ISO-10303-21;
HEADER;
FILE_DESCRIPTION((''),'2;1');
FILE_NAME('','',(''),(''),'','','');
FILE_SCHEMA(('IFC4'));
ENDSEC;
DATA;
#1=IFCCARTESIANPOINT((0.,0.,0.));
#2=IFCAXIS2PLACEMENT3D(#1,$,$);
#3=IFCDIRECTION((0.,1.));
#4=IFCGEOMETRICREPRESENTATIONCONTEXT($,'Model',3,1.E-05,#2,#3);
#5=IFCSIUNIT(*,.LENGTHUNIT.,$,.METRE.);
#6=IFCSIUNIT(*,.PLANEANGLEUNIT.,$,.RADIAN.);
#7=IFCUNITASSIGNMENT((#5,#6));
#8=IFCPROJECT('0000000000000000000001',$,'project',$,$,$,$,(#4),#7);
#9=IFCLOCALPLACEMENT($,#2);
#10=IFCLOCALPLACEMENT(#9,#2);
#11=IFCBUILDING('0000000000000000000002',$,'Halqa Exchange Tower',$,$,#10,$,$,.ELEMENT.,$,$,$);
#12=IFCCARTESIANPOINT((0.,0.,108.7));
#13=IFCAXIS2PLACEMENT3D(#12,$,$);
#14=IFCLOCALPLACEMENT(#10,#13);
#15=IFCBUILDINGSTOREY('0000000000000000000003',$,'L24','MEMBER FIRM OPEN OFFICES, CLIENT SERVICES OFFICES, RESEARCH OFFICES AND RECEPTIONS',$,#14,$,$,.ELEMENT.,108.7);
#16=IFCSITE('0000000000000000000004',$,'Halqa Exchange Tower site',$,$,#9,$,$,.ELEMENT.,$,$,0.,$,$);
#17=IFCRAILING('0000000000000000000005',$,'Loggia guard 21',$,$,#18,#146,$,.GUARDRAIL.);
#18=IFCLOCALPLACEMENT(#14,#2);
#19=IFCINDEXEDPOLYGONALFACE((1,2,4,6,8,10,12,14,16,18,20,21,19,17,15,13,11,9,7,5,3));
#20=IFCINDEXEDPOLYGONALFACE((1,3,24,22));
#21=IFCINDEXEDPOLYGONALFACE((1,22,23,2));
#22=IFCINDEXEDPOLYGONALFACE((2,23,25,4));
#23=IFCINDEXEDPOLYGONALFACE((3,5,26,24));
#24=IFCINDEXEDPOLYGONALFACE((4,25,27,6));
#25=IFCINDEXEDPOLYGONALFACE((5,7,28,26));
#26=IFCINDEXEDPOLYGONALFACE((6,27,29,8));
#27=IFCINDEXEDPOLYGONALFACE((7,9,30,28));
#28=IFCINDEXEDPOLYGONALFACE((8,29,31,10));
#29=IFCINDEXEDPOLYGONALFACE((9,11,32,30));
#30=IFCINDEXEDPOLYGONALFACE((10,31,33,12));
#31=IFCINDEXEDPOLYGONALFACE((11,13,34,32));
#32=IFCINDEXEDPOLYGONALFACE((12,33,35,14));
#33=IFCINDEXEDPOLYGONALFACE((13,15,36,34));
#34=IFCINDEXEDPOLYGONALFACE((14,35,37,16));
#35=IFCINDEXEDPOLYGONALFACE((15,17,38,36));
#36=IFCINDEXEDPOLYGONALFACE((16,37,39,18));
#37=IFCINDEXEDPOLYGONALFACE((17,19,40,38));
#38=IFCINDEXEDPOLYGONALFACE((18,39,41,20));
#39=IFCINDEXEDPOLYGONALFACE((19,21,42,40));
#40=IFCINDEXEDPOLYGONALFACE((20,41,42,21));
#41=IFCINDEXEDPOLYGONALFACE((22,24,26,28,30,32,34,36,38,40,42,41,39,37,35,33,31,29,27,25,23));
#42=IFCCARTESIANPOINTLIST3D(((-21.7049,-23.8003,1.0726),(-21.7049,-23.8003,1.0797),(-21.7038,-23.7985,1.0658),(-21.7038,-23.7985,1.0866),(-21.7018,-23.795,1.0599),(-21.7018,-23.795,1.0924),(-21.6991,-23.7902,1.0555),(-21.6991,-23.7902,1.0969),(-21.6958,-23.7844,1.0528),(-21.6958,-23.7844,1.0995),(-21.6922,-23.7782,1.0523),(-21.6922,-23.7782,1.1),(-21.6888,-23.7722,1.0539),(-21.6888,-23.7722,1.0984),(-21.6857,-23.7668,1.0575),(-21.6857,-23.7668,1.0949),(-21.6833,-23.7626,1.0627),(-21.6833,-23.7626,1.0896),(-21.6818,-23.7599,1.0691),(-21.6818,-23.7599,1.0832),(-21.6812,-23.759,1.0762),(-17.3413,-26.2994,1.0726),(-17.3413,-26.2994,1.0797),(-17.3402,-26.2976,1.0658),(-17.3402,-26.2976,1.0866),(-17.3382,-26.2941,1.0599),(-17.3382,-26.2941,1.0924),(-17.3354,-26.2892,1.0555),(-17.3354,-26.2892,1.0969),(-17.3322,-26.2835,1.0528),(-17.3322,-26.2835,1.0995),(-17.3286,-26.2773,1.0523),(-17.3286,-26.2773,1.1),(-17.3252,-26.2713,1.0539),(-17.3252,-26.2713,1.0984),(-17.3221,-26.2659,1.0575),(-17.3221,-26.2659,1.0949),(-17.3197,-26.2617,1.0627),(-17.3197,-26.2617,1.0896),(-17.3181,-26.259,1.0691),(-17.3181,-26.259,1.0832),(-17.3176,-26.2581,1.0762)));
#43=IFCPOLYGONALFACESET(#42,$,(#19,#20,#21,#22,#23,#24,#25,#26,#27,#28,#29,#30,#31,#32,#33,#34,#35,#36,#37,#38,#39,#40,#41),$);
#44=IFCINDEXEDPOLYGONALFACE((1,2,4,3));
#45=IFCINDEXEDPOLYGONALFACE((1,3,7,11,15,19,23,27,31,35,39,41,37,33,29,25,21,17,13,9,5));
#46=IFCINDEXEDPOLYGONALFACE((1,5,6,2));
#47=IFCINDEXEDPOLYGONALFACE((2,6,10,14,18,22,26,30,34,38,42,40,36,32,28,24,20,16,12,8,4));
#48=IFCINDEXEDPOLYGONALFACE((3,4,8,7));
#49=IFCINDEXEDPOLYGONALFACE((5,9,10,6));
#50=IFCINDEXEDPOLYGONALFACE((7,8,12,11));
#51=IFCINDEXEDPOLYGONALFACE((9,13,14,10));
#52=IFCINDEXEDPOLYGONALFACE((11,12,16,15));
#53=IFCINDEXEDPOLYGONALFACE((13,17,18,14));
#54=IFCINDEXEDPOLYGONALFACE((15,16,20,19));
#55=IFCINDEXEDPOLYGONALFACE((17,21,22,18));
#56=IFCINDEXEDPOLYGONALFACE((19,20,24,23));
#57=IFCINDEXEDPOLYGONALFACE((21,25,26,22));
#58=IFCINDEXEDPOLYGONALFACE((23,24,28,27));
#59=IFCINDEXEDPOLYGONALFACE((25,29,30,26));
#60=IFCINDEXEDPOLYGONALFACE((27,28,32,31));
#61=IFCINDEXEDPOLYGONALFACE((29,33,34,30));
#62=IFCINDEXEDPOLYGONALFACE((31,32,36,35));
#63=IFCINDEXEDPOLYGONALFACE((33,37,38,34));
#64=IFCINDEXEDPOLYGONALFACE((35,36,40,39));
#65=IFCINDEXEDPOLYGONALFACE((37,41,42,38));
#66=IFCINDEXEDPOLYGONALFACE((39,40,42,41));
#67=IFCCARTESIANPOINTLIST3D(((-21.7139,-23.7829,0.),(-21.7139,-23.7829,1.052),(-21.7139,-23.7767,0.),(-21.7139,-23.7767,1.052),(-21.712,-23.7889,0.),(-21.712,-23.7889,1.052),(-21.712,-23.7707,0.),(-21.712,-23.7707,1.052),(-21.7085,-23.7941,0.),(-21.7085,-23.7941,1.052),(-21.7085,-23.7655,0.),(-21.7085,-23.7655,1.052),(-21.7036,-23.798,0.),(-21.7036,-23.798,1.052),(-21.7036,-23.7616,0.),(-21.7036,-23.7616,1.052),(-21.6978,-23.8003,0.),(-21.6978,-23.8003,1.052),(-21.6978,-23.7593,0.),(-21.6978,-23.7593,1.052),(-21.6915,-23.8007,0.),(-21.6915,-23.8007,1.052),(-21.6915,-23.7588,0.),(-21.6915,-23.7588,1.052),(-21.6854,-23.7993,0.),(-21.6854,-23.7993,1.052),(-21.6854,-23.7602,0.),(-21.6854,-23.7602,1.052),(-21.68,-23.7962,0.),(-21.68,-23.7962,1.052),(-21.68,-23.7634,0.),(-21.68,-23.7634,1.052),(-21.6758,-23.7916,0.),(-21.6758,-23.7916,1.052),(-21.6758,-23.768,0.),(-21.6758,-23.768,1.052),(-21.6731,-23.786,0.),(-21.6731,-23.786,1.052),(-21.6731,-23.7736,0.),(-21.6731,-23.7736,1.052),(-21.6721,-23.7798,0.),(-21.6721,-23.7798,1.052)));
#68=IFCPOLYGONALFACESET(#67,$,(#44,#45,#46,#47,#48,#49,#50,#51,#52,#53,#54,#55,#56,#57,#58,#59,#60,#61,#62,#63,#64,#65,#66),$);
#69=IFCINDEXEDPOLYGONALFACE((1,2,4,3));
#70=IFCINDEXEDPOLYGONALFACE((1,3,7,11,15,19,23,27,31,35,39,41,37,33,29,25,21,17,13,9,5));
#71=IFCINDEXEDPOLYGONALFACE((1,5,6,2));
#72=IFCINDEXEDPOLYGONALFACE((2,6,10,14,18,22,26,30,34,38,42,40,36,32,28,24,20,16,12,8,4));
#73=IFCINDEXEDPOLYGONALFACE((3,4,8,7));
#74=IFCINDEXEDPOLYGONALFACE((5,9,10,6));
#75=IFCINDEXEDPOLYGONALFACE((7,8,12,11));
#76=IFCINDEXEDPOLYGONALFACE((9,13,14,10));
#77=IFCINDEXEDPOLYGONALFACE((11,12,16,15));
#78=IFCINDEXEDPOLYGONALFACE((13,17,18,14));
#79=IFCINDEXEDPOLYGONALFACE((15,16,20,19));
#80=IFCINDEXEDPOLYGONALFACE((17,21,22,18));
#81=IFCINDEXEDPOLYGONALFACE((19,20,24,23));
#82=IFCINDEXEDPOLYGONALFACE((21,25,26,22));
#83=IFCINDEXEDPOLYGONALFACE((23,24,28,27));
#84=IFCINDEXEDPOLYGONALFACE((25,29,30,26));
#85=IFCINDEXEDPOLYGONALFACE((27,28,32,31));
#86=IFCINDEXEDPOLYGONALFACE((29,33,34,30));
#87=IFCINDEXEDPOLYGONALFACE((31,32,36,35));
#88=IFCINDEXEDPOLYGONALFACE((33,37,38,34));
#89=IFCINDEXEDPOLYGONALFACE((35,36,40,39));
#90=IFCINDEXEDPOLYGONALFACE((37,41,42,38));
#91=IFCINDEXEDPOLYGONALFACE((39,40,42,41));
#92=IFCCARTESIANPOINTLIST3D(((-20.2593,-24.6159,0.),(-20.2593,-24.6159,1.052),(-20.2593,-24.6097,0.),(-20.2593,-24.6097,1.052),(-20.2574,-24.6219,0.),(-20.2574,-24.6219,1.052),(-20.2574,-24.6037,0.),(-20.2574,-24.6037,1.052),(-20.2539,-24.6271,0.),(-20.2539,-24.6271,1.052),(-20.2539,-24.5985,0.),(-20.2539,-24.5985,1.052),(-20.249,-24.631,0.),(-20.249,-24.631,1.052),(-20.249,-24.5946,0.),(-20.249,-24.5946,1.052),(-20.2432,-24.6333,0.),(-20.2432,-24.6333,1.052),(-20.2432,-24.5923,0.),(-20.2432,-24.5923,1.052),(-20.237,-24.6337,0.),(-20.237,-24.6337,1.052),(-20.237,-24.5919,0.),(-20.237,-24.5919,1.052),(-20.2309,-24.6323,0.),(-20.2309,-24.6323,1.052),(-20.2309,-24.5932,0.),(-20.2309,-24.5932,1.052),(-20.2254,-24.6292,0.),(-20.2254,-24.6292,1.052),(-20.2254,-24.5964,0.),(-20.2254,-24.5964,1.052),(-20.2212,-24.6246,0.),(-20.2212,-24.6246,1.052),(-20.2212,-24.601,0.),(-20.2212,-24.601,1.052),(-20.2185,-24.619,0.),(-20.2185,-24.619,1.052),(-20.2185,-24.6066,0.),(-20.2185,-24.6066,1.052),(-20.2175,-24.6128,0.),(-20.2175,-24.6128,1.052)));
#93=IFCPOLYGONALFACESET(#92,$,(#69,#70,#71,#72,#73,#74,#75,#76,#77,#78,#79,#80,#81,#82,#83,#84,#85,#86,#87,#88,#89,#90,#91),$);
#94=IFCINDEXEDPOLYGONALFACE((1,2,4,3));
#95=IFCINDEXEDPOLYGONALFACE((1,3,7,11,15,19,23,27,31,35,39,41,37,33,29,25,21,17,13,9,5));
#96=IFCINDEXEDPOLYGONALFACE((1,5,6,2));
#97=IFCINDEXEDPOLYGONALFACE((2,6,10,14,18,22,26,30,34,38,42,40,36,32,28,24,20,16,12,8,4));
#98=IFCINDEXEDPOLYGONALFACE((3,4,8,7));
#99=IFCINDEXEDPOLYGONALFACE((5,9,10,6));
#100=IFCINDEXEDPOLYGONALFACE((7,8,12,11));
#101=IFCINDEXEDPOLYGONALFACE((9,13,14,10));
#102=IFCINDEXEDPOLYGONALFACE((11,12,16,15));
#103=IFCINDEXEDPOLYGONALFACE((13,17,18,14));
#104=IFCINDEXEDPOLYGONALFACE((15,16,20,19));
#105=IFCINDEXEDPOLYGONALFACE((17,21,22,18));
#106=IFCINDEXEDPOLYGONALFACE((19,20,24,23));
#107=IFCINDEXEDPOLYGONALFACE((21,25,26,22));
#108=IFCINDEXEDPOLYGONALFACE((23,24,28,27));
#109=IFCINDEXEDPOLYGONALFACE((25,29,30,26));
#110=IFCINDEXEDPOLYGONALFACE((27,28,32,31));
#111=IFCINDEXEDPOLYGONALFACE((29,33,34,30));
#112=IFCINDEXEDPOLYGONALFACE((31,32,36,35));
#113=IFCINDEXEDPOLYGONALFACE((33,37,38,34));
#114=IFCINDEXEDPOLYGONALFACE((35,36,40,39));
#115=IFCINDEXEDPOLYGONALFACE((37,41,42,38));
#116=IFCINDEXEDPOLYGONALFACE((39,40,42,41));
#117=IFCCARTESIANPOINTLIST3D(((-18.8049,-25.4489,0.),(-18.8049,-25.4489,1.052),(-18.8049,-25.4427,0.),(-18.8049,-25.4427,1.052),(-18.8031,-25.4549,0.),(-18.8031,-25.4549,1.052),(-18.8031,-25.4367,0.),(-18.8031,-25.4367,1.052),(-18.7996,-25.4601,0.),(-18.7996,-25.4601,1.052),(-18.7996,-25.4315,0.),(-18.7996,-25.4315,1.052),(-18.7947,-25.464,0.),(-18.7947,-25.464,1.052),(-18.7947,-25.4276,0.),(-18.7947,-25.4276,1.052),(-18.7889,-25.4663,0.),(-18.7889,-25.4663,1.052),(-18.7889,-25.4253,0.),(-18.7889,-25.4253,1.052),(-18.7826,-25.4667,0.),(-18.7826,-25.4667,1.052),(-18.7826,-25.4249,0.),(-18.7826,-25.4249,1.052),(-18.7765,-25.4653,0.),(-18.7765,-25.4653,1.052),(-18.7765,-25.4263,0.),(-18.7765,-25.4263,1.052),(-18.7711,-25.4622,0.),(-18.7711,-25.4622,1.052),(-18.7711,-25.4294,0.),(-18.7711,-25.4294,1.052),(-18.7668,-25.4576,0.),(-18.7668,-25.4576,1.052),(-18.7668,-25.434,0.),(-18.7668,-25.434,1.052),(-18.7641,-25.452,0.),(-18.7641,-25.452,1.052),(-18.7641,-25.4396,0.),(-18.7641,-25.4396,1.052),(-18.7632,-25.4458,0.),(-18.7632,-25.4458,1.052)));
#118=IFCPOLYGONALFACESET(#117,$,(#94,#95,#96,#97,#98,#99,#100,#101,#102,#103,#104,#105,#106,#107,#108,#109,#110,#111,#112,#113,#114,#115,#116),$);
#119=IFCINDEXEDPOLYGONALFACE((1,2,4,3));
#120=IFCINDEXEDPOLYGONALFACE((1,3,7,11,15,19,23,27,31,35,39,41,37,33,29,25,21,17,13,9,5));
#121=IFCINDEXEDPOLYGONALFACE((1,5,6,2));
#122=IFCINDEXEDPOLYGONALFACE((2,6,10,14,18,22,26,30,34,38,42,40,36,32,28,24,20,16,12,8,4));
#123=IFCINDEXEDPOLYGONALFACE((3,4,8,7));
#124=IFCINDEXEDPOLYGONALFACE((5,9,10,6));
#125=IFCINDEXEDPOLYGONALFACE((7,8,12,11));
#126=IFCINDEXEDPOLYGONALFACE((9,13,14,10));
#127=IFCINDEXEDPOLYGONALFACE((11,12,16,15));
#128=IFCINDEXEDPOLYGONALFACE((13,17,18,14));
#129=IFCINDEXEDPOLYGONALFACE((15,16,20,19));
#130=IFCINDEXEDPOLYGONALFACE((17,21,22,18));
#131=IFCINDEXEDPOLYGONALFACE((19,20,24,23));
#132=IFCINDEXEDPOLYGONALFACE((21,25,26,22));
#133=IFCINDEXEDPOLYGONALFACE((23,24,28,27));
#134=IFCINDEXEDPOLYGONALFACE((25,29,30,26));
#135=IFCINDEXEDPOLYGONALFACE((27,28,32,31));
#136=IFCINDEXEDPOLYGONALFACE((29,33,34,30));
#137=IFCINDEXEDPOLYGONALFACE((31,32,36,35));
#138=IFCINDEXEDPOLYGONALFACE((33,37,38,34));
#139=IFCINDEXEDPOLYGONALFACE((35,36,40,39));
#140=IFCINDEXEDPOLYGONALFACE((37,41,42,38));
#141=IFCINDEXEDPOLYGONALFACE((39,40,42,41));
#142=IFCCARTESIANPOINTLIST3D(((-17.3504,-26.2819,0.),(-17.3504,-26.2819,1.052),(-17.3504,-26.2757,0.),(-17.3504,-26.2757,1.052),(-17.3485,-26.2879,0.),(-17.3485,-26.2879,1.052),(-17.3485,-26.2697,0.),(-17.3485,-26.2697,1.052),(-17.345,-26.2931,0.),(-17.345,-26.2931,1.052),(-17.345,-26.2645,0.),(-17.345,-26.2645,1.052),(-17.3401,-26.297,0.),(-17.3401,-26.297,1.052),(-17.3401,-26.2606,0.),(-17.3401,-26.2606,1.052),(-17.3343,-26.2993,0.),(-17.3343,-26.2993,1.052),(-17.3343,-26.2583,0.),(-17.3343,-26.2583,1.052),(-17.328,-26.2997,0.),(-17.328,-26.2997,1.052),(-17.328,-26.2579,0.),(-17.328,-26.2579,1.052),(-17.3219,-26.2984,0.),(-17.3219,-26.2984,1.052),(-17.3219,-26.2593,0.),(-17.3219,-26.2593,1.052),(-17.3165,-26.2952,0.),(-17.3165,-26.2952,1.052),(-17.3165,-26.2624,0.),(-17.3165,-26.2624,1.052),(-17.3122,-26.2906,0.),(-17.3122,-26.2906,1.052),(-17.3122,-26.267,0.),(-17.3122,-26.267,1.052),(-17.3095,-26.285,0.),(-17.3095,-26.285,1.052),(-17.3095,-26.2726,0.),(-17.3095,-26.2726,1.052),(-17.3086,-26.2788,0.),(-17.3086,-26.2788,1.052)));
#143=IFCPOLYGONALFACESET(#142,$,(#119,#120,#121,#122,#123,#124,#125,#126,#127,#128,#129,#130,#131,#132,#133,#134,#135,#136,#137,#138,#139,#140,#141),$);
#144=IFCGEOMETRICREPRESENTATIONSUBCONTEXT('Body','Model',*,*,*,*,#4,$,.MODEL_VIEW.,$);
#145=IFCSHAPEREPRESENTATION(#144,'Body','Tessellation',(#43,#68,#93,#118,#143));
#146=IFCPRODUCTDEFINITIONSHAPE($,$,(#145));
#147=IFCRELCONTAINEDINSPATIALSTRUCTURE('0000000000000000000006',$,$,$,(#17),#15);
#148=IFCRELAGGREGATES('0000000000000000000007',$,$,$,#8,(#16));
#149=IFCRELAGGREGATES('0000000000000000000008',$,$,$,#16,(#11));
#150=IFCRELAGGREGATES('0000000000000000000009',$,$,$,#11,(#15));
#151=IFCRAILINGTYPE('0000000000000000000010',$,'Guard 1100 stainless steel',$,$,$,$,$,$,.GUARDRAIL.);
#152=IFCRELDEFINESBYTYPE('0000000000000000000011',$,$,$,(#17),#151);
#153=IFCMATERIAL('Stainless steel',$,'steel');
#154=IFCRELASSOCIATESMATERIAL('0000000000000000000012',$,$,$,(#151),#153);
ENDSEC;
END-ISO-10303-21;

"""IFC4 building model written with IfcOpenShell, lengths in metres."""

from ifc_helpers import new_model, si_unit, direction, frame, origin, origin_2d, place, context, subcontext, project, spatial, circle, extrude, material, type_object, element, save


model = new_model("IFC4")

# Units and contexts
model_context = context("Model", 3, precision=1e-05, world=origin(), true_north=direction((0.0, 1.0)))
body_context = subcontext(model_context, "Body", "Model", "MODEL_VIEW")
ifc_project = project(units=[si_unit("LENGTHUNIT", "METRE"), si_unit("PLANEANGLEUNIT", "RADIAN")], contexts=[model_context])

# Site, building, storey
site_placement = place(None, origin())
site = spatial("IfcSite", under=ifc_project, at=site_placement, Name="Halqa Exchange Tower site", CompositionType="ELEMENT", RefElevation=0.0)
building_placement = place(site_placement, origin())
building = spatial("IfcBuilding", under=site, at=building_placement, Name="Halqa Exchange Tower", CompositionType="ELEMENT")
storey_placement = place(building_placement, frame((0.0, 0.0, 108.7)))
storey = spatial("IfcBuildingStorey", under=building, at=storey_placement, Name="L24", Description="MEMBER FIRM OPEN OFFICES, CLIENT SERVICES OFFICES, RESEARCH OFFICES AND RECEPTIONS", CompositionType="ELEMENT", Elevation=108.7)

# Railing
ifc_material_1 = material(Name="Stainless steel", Category="steel")
railing_type = type_object("IfcRailingType", Name="Guard 1100 stainless steel", PredefinedType="GUARDRAIL", material=ifc_material_1)
railing_1_placement = place(storey_placement, frame((-21.6931, -23.7798, 0.0)))
element("IfcRailing", 1, at=railing_1_placement, inside=storey, type_object=railing_type, Name="Loggia guard 21", PredefinedType="GUARDRAIL", context=body_context, shape_type="SweptSolid", body=[
    extrude(circle(Radius=0.0239, at=origin_2d()), frame((0.0, 0.0, 1.0762), z_axis=(0.867765, -0.496975, 0.0), x_axis=(0.496975, 0.867765, 0.0)), (0.0, 0.0, 1.0), 5.0286),
    extrude(circle(Radius=0.021, at=origin_2d()), origin(), (0.0, 0.0, 1.0), 1.052),
    extrude(circle(Radius=0.021, at=origin_2d()), frame((1.4546, -0.833, 0.0)), (0.0, 0.0, 1.0), 1.052),
    extrude(circle(Radius=0.021, at=origin_2d()), frame((2.9089, -1.666, 0.0)), (0.0, 0.0, 1.0), 1.052),
    extrude(circle(Radius=0.021, at=origin_2d()), frame((4.3635, -2.499, 0.0)), (0.0, 0.0, 1.0), 1.052),
])

save(model, "model.ifc")
